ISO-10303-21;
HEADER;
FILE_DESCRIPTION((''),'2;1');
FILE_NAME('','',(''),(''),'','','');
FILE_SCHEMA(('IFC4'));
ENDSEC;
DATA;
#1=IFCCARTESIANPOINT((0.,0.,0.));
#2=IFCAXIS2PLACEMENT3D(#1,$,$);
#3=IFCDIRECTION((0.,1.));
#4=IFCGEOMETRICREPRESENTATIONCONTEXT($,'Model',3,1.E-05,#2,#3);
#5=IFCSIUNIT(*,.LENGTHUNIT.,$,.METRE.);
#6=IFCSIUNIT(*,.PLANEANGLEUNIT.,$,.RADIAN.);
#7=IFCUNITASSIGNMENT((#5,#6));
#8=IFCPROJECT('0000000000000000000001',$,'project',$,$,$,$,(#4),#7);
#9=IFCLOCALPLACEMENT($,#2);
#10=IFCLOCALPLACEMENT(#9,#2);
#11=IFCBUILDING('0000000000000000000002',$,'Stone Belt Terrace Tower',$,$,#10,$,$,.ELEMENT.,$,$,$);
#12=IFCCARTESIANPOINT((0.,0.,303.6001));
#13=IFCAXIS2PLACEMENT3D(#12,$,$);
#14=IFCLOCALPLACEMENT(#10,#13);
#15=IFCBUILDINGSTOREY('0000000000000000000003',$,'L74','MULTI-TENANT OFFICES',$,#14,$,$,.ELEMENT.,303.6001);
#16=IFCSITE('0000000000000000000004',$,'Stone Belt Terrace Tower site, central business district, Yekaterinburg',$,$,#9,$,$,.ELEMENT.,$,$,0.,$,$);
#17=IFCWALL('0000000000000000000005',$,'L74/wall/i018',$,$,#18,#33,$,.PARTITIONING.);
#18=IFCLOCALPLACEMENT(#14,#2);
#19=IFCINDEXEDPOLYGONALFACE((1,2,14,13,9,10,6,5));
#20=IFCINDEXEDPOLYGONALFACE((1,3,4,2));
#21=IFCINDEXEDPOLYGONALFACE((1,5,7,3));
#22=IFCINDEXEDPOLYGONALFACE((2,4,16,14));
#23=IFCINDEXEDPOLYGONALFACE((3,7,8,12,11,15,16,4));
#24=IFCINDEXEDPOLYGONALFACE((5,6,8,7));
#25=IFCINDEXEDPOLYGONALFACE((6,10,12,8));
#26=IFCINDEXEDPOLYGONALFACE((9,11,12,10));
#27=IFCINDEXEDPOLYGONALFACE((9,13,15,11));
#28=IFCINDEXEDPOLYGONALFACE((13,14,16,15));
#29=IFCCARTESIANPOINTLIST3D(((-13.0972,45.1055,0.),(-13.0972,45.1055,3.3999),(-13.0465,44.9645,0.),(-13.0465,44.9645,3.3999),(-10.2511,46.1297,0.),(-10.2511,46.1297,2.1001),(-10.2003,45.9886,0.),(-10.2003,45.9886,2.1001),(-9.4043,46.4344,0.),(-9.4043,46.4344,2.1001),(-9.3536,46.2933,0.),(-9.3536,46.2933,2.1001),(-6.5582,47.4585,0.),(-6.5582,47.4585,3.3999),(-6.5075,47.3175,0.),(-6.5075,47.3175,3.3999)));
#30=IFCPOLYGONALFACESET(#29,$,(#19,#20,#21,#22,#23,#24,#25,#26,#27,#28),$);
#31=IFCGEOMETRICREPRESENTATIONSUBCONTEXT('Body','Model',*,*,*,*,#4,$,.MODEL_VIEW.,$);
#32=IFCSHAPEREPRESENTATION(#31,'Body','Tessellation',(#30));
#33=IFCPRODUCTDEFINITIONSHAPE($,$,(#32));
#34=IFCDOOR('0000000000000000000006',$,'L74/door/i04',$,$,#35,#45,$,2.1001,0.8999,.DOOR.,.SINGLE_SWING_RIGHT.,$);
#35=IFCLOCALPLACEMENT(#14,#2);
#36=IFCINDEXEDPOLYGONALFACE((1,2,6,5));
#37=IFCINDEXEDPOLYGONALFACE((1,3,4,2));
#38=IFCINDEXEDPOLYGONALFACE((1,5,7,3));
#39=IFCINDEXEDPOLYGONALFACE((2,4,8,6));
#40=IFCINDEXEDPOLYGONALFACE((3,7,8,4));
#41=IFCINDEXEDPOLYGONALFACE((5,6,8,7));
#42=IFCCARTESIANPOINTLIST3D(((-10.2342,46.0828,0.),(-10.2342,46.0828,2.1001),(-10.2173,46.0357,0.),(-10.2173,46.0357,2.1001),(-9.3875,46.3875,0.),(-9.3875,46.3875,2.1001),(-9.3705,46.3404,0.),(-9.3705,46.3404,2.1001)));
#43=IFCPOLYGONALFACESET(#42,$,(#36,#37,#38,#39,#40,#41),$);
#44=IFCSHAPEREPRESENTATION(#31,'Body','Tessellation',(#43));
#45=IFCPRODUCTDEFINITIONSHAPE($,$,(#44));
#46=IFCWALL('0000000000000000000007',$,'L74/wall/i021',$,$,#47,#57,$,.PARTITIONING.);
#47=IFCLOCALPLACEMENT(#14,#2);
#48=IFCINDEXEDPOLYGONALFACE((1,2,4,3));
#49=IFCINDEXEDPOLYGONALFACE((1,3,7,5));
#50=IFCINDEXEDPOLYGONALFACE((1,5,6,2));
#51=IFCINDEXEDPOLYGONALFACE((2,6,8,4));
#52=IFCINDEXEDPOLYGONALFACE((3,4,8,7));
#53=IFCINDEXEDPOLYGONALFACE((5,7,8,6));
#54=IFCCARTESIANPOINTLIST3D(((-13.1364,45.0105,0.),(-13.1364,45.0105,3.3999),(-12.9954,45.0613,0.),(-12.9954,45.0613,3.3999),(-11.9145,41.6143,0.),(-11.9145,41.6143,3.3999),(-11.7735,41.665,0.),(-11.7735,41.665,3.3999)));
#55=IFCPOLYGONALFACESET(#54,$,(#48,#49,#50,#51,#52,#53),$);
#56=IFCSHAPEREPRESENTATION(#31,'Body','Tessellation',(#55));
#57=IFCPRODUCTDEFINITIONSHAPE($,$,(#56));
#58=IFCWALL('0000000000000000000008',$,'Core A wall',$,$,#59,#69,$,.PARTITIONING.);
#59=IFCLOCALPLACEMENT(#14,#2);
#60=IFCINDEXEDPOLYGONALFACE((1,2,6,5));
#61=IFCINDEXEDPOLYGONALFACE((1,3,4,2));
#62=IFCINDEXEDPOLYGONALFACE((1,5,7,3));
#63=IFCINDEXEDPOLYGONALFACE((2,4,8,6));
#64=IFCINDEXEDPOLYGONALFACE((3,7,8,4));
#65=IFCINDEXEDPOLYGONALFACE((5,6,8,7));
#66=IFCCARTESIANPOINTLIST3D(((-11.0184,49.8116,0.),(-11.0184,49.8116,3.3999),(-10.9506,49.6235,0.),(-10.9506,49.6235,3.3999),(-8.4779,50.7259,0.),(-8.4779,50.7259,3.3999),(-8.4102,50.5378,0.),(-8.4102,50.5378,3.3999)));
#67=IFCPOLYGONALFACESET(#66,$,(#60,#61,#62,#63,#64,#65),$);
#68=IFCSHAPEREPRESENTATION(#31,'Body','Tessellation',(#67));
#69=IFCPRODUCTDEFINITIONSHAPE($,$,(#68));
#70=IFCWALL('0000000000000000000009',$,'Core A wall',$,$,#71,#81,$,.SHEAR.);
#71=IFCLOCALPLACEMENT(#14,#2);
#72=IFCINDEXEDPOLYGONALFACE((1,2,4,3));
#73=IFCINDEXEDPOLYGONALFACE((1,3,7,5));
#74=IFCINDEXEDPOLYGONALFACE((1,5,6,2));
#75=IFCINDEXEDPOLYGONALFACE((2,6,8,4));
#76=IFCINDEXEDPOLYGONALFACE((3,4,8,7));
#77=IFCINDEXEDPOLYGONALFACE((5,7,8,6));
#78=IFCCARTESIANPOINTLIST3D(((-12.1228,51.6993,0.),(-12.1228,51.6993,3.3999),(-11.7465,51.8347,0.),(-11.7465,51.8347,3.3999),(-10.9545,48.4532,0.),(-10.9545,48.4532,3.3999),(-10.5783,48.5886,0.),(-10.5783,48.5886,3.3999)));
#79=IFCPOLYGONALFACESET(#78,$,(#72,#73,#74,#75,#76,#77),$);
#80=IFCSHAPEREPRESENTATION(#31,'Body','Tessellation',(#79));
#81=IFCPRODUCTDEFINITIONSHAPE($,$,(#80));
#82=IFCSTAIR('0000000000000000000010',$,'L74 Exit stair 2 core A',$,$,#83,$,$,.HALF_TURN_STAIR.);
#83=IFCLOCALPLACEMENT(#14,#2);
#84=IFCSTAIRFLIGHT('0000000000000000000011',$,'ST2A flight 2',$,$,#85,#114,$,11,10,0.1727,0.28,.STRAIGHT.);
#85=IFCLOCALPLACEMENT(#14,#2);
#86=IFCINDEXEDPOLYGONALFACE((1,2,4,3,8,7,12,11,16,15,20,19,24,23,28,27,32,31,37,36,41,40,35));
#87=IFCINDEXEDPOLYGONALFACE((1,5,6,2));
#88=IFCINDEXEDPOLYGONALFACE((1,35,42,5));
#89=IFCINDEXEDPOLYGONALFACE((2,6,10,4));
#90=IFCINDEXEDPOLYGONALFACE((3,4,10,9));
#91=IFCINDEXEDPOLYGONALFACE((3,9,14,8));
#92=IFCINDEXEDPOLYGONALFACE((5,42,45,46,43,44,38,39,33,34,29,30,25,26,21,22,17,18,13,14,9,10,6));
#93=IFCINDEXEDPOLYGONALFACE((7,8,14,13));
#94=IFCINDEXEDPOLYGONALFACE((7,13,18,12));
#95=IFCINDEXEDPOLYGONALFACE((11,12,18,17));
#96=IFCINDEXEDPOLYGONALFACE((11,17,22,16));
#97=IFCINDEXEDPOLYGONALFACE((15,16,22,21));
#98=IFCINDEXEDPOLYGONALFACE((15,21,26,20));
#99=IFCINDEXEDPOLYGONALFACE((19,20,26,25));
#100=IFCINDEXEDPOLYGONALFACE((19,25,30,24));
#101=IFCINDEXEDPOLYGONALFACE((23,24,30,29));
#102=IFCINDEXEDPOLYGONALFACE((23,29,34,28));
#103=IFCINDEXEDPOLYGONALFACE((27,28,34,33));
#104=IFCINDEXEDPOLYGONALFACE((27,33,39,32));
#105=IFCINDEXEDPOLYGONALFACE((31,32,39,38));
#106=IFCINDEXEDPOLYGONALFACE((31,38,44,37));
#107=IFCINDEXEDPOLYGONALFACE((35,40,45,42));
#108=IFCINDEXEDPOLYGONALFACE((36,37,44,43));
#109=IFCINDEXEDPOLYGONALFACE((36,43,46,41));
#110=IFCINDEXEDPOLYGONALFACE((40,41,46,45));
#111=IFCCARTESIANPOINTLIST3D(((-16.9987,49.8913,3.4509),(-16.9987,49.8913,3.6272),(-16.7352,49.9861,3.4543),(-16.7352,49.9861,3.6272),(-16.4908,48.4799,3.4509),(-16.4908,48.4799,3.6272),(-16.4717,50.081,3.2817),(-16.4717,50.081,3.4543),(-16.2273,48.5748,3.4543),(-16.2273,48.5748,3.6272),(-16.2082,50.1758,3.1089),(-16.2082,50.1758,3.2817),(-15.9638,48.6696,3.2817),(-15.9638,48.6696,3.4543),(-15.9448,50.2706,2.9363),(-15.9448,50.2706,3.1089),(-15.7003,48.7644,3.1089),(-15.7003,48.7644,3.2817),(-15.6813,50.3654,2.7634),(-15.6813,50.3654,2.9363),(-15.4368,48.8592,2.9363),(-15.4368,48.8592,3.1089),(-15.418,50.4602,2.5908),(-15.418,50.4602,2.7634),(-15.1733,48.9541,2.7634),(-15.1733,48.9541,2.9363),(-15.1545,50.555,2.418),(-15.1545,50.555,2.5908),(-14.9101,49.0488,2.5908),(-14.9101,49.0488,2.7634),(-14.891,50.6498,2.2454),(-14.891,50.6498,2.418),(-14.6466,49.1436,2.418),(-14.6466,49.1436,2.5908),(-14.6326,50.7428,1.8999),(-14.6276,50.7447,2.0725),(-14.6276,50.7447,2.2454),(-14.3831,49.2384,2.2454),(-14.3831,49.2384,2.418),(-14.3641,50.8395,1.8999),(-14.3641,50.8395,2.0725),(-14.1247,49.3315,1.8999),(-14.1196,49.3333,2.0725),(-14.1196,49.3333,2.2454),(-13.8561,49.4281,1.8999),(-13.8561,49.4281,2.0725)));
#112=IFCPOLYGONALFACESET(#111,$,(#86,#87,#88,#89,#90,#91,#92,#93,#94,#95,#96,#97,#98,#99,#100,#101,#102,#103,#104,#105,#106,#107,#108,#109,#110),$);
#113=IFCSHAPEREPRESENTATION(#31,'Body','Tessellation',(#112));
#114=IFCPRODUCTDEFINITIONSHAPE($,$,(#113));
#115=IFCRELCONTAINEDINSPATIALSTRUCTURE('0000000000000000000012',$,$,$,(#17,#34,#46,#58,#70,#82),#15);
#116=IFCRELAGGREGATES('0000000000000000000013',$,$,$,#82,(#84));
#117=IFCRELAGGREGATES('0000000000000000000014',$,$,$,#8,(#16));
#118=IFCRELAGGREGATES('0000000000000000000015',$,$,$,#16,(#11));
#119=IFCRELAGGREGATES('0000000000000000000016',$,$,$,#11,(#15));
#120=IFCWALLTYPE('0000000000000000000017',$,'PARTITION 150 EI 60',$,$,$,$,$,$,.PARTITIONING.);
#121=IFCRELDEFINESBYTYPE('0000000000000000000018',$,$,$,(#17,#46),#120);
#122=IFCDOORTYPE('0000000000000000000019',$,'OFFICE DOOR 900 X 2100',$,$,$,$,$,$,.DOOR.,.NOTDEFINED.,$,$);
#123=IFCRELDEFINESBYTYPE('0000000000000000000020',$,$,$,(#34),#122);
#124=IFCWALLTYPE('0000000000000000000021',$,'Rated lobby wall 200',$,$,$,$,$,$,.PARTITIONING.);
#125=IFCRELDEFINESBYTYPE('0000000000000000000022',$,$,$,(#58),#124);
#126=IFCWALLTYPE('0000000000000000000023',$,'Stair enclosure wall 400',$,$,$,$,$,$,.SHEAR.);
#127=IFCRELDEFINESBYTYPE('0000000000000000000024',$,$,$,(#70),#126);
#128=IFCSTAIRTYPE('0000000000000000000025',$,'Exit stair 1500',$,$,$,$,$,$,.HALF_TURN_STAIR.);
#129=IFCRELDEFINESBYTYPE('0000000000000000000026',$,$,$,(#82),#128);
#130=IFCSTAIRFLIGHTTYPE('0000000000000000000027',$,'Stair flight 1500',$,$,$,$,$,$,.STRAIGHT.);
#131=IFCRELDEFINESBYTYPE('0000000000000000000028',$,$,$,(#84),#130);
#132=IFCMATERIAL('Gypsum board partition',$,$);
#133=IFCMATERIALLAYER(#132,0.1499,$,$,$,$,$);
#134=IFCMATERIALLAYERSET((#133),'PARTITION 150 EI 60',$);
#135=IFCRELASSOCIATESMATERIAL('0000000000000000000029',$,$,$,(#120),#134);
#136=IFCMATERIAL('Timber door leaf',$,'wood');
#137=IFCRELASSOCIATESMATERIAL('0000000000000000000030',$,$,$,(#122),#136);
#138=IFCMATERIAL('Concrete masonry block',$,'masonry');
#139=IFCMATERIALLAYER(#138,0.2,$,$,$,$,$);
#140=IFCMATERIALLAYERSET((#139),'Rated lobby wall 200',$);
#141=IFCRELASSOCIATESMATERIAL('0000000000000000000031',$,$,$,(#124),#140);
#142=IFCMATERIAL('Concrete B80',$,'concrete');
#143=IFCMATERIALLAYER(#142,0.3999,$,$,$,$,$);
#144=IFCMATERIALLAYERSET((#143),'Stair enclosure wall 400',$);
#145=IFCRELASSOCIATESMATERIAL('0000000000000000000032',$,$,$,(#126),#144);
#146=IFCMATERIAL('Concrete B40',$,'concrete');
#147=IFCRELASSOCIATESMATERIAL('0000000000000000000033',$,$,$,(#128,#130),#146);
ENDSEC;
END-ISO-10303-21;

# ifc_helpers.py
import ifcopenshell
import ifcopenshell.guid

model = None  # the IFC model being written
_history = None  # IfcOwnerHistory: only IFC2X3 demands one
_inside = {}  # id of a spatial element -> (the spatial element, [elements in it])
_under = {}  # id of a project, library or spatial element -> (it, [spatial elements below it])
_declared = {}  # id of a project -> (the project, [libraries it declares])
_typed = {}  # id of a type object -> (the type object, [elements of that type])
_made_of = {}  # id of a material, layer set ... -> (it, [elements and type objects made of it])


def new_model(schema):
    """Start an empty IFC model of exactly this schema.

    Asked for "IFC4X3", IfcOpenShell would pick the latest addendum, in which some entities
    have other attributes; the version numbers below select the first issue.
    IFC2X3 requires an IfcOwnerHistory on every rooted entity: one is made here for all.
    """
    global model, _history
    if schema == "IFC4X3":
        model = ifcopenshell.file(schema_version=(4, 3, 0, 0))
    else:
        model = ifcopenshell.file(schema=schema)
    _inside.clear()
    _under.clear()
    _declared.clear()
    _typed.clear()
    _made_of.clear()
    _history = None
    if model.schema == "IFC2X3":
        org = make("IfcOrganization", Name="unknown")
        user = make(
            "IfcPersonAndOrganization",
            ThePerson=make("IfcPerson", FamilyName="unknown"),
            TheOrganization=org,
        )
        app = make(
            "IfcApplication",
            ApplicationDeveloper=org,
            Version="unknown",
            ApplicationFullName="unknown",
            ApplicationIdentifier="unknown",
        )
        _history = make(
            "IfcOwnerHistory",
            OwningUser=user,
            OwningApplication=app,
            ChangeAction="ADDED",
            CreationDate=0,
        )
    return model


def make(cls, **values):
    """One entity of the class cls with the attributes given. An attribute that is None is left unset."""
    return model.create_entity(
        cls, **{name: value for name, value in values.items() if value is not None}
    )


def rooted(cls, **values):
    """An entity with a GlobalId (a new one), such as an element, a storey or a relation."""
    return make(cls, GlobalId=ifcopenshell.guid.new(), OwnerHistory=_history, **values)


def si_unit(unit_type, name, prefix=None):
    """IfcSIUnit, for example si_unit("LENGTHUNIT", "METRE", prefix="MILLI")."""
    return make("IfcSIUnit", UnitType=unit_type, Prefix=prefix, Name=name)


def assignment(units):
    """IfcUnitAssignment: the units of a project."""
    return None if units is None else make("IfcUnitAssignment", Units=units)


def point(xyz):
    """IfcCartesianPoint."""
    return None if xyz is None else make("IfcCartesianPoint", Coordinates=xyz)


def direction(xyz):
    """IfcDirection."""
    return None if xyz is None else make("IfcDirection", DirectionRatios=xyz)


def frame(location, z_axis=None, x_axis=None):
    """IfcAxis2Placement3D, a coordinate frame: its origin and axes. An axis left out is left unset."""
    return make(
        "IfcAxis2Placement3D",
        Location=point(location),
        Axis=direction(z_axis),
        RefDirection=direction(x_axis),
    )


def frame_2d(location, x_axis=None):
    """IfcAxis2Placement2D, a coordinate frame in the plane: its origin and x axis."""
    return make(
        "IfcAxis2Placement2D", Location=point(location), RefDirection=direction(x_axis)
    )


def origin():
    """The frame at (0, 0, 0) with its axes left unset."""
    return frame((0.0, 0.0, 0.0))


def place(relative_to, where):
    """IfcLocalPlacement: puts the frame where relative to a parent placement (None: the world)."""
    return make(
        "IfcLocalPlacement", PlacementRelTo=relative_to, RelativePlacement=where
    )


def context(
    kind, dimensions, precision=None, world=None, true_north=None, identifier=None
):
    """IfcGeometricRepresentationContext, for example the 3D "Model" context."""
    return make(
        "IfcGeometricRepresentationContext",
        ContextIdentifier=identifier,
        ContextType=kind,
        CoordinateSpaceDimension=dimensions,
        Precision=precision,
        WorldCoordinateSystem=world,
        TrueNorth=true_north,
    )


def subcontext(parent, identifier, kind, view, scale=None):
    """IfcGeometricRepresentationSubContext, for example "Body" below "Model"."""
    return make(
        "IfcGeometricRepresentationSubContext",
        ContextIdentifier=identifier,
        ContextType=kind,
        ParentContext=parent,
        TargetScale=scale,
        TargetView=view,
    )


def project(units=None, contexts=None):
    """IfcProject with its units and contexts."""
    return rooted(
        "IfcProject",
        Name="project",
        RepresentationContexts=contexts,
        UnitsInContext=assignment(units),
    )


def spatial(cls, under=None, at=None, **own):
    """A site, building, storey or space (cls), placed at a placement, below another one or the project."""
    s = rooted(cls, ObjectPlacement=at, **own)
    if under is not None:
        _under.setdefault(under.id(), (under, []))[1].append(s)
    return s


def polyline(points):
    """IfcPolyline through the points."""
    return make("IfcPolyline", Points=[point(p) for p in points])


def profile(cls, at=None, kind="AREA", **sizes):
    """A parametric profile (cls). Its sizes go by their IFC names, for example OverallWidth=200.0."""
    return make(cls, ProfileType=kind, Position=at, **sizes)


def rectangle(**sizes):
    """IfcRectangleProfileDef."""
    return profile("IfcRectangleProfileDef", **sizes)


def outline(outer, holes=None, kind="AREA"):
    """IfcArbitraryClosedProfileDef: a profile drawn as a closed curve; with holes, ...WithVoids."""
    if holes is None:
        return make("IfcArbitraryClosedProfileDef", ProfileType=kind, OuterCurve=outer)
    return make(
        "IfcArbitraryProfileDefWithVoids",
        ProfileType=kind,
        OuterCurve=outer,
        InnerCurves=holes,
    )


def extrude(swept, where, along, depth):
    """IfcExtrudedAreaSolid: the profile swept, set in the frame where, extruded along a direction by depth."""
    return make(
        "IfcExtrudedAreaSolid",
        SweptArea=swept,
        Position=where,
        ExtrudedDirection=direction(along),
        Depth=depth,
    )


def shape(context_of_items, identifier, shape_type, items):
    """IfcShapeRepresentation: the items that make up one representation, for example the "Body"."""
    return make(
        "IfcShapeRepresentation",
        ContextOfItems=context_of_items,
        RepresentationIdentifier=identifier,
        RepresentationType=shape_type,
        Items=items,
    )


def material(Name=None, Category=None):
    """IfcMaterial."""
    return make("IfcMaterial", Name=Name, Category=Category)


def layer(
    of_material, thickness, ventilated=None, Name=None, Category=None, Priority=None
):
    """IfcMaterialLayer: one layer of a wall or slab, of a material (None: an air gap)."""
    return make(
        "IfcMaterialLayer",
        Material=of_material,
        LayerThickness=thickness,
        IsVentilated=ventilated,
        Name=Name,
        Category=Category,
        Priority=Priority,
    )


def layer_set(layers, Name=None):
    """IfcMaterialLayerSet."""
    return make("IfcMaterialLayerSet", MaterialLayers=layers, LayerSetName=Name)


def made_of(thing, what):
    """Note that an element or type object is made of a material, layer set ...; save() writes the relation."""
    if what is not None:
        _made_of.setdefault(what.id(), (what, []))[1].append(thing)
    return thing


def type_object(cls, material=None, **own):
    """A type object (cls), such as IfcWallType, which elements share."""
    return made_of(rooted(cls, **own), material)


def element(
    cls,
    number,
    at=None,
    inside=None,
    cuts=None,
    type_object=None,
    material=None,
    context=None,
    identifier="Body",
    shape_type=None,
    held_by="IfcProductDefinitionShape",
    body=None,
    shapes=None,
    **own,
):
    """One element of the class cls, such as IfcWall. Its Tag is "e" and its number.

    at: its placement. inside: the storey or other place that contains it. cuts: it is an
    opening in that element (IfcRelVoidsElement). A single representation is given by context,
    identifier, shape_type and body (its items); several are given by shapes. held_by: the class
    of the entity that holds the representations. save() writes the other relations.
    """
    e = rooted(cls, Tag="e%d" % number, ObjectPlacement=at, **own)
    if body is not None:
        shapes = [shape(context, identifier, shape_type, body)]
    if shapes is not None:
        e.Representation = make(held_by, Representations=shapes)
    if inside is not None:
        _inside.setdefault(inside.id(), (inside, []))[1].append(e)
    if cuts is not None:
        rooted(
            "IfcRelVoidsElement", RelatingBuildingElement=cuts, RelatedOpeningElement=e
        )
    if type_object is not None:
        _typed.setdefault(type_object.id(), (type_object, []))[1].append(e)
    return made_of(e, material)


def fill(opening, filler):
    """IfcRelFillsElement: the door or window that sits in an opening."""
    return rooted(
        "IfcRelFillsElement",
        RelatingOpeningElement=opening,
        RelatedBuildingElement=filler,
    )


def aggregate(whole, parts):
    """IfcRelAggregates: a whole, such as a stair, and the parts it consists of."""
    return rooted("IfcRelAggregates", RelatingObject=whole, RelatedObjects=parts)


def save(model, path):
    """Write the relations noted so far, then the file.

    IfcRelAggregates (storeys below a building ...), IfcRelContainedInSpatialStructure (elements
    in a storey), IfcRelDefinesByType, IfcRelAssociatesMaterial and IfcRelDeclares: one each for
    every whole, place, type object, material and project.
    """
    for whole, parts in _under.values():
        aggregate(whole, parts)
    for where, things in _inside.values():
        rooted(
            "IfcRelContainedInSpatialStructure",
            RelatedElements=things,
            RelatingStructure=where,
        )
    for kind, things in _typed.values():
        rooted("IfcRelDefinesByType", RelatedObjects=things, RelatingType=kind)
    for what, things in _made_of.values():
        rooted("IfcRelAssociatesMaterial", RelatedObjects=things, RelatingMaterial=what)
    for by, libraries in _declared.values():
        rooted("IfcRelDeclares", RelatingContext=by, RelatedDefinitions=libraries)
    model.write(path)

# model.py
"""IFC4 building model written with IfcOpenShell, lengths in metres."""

from ifc_helpers import new_model, si_unit, direction, frame, frame_2d, origin, place, context, subcontext, project, spatial, polyline, rectangle, outline, extrude, material, layer, layer_set, type_object, element, fill, aggregate, save


model = new_model("IFC4")

# Units and contexts
model_context = context("Model", 3, precision=1e-05, world=origin(), true_north=direction((0.0, 1.0)))
body_context = subcontext(model_context, "Body", "Model", "MODEL_VIEW")
ifc_project = project(units=[si_unit("LENGTHUNIT", "METRE"), si_unit("PLANEANGLEUNIT", "RADIAN")], contexts=[model_context])

# Site, building, storey
site_placement = place(None, origin())
site = spatial("IfcSite", under=ifc_project, at=site_placement, Name="Stone Belt Terrace Tower site, central business district, Yekaterinburg", CompositionType="ELEMENT", RefElevation=0.0)
building_placement = place(site_placement, origin())
building = spatial("IfcBuilding", under=site, at=building_placement, Name="Stone Belt Terrace Tower", CompositionType="ELEMENT")
storey_placement = place(building_placement, frame((0.0, 0.0, 303.6001)))
storey = spatial("IfcBuildingStorey", under=building, at=storey_placement, Name="L74", Description="MULTI-TENANT OFFICES", CompositionType="ELEMENT", Elevation=303.6001)

# Shared definitions
ifc_material_1 = material(Name="Timber door leaf", Category="wood")

# Wall, opening, door
ifc_material_2 = material(Name="Gypsum board partition")
ifc_layer_1 = layer(ifc_material_2, 0.1499)
ifc_layer_set_1 = layer_set([ifc_layer_1], Name="PARTITION 150 EI 60")
wall_type_1 = type_object("IfcWallType", Name="PARTITION 150 EI 60", PredefinedType="PARTITIONING", material=ifc_layer_set_1)
door_type_1 = type_object("IfcDoorType", Name="OFFICE DOOR 900 X 2100", OperationType="NOTDEFINED", PredefinedType="DOOR", material=ifc_material_1)
wall_1_placement = place(storey_placement, frame((-6.533, 47.3879, 0.0), z_axis=(0.0, 0.0, 1.0), x_axis=(-0.940935, -0.338588, 0.0)))
wall_1 = element("IfcWall", 1, at=wall_1_placement, inside=storey, type_object=wall_type_1, Name="L74/wall/i018", PredefinedType="PARTITIONING", context=body_context, shape_type="SweptSolid", body=[
    extrude(rectangle(XDim=6.9495, YDim=0.1499, at=frame_2d((3.4746, 0.0))), origin(), (0.0, 0.0, 1.0), 3.3999),
])
opening_1_placement = place(wall_1_placement, frame((3.0247, 0.0, 0.0)))
opening_1 = element("IfcOpeningElement", 2, at=opening_1_placement, cuts=wall_1, PredefinedType="OPENING", context=body_context, shape_type="SweptSolid", body=[
    extrude(rectangle(XDim=0.8999, YDim=2.1001, at=frame_2d((0.45, 1.05))), frame((0.0, 0.085, 0.0), z_axis=(0.0, -1.0, 0.0), x_axis=(1.0, 0.0, 0.0)), (0.0, 0.0, 1.0), 0.1699),
])
door_1_placement = place(opening_1_placement, origin())
door_1 = element("IfcDoor", 3, at=door_1_placement, inside=storey, type_object=door_type_1, Name="L74/door/i04", OperationType="SINGLE_SWING_RIGHT", OverallHeight=2.1001, OverallWidth=0.8999, PredefinedType="DOOR", context=body_context, shape_type="SweptSolid", body=[
    extrude(rectangle(XDim=0.8999, YDim=2.1001, at=frame_2d((0.45, 1.05))), frame((0.0, 0.0249, 0.0), z_axis=(0.0, -1.0, 0.0), x_axis=(1.0, 0.0, 0.0)), (0.0, 0.0, 1.0), 0.05),
])
fill(opening_1, door_1)

# Walls
wall_2_placement = place(storey_placement, frame((-13.0659, 45.0359, 0.0), z_axis=(0.0, 0.0, 1.0), x_axis=(0.338542, -0.940951, 0.0)))
element("IfcWall", 4, at=wall_2_placement, inside=storey, type_object=wall_type_1, Name="L74/wall/i021", PredefinedType="PARTITIONING", context=body_context, shape_type="SweptSolid", body=[
    extrude(rectangle(XDim=3.6094, YDim=0.1499, at=frame_2d((1.8047, 0.0))), origin(), (0.0, 0.0, 1.0), 3.3999),
])
ifc_material_3 = material(Name="Concrete masonry block", Category="masonry")
ifc_layer_2 = layer(ifc_material_3, 0.2)
ifc_layer_set_2 = layer_set([ifc_layer_2], Name="Rated lobby wall 200")
wall_type_2 = type_object("IfcWallType", Name="Rated lobby wall 200", PredefinedType="PARTITIONING", material=ifc_layer_set_2)
wall_3_placement = place(storey_placement, frame((-10.9846, 49.7175, 0.0), z_axis=(0.0, 0.0, 1.0), x_axis=(0.940921, 0.338627, 0.0)))
element("IfcWall", 5, at=wall_3_placement, inside=storey, type_object=wall_type_2, Name="Core A wall", PredefinedType="PARTITIONING", context=body_context, shape_type="SweptSolid", body=[
    extrude(rectangle(XDim=2.7, YDim=0.2, at=frame_2d((1.3501, 0.0))), origin(), (0.0, 0.0, 1.0), 3.3999),
])
ifc_material_4 = material(Name="Concrete B80", Category="concrete")
ifc_layer_3 = layer(ifc_material_4, 0.3999)
ifc_layer_set_3 = layer_set([ifc_layer_3], Name="Stair enclosure wall 400")
wall_type_3 = type_object("IfcWallType", Name="Stair enclosure wall 400", PredefinedType="SHEAR", material=ifc_layer_set_3)
wall_4_placement = place(storey_placement, frame((-10.7664, 48.5208, 0.0), z_axis=(0.0, 0.0, 1.0), x_axis=(-0.338622, 0.940923, 0.0)))
element("IfcWall", 6, at=wall_4_placement, inside=storey, type_object=wall_type_3, Name="Core A wall", PredefinedType="SHEAR", context=body_context, shape_type="SweptSolid", body=[
    extrude(rectangle(XDim=3.45, YDim=0.3999, at=frame_2d((1.7251, 0.0))), origin(), (0.0, 0.0, 1.0), 3.3999),
])

# Stair, stair flight
ifc_material_5 = material(Name="Concrete B40", Category="concrete")
stair_type = type_object("IfcStairType", Name="Exit stair 1500", PredefinedType="HALF_TURN_STAIR", material=ifc_material_5)
stair_placement = place(storey_placement, origin())
stair = element("IfcStair", 7, at=stair_placement, inside=storey, type_object=stair_type, Name="L74 Exit stair 2 core A", PredefinedType="HALF_TURN_STAIR")
stair_flight_type = type_object("IfcStairFlightType", Name="Stair flight 1500", PredefinedType="STRAIGHT", material=ifc_material_5)
stair_flight_placement = place(storey_placement, frame((-14.1101, 50.1338, 1.8999), z_axis=(0.0, 0.0, 1.0), x_axis=(-0.940922, -0.338624, 0.0)))
stair_flight = element("IfcStairFlight", 8, at=stair_flight_placement, type_object=stair_flight_type, Name="ST2A flight 2", NumberOfRisers=11, NumberOfTreads=10, PredefinedType="STRAIGHT", RiserHeight=0.1727, TreadLength=0.28, context=body_context, shape_type="SweptSolid", body=[
    extrude(outline(polyline([(0.0, 0.0), (0.0, 0.1726), (0.28, 0.1726), (0.28, 0.3455), (0.5601, 0.3455), (0.5601, 0.5181), (0.8401, 0.5181), (0.8401, 0.6909), (1.1201, 0.6909), (1.1201, 0.8635), (1.3999, 0.8635), (1.3999, 1.0364), (1.6799, 1.0364), (1.6799, 1.209), (1.96, 1.209), (1.96, 1.3818), (2.24, 1.3818), (2.24, 1.5544), (2.52, 1.5544), (2.52, 1.7273), (2.8, 1.7273), (2.8, 1.8999), (2.8, 1.551), (0.2854, 0.0), (0.0, 0.0)])), frame((0.0, 0.75, 0.0), z_axis=(0.0, -1.0, 0.0), x_axis=(1.0, 0.0, 0.0)), (0.0, 0.0, 1.0), 1.5),
])
aggregate(stair, [stair_flight])

save(model, "model.ifc")
